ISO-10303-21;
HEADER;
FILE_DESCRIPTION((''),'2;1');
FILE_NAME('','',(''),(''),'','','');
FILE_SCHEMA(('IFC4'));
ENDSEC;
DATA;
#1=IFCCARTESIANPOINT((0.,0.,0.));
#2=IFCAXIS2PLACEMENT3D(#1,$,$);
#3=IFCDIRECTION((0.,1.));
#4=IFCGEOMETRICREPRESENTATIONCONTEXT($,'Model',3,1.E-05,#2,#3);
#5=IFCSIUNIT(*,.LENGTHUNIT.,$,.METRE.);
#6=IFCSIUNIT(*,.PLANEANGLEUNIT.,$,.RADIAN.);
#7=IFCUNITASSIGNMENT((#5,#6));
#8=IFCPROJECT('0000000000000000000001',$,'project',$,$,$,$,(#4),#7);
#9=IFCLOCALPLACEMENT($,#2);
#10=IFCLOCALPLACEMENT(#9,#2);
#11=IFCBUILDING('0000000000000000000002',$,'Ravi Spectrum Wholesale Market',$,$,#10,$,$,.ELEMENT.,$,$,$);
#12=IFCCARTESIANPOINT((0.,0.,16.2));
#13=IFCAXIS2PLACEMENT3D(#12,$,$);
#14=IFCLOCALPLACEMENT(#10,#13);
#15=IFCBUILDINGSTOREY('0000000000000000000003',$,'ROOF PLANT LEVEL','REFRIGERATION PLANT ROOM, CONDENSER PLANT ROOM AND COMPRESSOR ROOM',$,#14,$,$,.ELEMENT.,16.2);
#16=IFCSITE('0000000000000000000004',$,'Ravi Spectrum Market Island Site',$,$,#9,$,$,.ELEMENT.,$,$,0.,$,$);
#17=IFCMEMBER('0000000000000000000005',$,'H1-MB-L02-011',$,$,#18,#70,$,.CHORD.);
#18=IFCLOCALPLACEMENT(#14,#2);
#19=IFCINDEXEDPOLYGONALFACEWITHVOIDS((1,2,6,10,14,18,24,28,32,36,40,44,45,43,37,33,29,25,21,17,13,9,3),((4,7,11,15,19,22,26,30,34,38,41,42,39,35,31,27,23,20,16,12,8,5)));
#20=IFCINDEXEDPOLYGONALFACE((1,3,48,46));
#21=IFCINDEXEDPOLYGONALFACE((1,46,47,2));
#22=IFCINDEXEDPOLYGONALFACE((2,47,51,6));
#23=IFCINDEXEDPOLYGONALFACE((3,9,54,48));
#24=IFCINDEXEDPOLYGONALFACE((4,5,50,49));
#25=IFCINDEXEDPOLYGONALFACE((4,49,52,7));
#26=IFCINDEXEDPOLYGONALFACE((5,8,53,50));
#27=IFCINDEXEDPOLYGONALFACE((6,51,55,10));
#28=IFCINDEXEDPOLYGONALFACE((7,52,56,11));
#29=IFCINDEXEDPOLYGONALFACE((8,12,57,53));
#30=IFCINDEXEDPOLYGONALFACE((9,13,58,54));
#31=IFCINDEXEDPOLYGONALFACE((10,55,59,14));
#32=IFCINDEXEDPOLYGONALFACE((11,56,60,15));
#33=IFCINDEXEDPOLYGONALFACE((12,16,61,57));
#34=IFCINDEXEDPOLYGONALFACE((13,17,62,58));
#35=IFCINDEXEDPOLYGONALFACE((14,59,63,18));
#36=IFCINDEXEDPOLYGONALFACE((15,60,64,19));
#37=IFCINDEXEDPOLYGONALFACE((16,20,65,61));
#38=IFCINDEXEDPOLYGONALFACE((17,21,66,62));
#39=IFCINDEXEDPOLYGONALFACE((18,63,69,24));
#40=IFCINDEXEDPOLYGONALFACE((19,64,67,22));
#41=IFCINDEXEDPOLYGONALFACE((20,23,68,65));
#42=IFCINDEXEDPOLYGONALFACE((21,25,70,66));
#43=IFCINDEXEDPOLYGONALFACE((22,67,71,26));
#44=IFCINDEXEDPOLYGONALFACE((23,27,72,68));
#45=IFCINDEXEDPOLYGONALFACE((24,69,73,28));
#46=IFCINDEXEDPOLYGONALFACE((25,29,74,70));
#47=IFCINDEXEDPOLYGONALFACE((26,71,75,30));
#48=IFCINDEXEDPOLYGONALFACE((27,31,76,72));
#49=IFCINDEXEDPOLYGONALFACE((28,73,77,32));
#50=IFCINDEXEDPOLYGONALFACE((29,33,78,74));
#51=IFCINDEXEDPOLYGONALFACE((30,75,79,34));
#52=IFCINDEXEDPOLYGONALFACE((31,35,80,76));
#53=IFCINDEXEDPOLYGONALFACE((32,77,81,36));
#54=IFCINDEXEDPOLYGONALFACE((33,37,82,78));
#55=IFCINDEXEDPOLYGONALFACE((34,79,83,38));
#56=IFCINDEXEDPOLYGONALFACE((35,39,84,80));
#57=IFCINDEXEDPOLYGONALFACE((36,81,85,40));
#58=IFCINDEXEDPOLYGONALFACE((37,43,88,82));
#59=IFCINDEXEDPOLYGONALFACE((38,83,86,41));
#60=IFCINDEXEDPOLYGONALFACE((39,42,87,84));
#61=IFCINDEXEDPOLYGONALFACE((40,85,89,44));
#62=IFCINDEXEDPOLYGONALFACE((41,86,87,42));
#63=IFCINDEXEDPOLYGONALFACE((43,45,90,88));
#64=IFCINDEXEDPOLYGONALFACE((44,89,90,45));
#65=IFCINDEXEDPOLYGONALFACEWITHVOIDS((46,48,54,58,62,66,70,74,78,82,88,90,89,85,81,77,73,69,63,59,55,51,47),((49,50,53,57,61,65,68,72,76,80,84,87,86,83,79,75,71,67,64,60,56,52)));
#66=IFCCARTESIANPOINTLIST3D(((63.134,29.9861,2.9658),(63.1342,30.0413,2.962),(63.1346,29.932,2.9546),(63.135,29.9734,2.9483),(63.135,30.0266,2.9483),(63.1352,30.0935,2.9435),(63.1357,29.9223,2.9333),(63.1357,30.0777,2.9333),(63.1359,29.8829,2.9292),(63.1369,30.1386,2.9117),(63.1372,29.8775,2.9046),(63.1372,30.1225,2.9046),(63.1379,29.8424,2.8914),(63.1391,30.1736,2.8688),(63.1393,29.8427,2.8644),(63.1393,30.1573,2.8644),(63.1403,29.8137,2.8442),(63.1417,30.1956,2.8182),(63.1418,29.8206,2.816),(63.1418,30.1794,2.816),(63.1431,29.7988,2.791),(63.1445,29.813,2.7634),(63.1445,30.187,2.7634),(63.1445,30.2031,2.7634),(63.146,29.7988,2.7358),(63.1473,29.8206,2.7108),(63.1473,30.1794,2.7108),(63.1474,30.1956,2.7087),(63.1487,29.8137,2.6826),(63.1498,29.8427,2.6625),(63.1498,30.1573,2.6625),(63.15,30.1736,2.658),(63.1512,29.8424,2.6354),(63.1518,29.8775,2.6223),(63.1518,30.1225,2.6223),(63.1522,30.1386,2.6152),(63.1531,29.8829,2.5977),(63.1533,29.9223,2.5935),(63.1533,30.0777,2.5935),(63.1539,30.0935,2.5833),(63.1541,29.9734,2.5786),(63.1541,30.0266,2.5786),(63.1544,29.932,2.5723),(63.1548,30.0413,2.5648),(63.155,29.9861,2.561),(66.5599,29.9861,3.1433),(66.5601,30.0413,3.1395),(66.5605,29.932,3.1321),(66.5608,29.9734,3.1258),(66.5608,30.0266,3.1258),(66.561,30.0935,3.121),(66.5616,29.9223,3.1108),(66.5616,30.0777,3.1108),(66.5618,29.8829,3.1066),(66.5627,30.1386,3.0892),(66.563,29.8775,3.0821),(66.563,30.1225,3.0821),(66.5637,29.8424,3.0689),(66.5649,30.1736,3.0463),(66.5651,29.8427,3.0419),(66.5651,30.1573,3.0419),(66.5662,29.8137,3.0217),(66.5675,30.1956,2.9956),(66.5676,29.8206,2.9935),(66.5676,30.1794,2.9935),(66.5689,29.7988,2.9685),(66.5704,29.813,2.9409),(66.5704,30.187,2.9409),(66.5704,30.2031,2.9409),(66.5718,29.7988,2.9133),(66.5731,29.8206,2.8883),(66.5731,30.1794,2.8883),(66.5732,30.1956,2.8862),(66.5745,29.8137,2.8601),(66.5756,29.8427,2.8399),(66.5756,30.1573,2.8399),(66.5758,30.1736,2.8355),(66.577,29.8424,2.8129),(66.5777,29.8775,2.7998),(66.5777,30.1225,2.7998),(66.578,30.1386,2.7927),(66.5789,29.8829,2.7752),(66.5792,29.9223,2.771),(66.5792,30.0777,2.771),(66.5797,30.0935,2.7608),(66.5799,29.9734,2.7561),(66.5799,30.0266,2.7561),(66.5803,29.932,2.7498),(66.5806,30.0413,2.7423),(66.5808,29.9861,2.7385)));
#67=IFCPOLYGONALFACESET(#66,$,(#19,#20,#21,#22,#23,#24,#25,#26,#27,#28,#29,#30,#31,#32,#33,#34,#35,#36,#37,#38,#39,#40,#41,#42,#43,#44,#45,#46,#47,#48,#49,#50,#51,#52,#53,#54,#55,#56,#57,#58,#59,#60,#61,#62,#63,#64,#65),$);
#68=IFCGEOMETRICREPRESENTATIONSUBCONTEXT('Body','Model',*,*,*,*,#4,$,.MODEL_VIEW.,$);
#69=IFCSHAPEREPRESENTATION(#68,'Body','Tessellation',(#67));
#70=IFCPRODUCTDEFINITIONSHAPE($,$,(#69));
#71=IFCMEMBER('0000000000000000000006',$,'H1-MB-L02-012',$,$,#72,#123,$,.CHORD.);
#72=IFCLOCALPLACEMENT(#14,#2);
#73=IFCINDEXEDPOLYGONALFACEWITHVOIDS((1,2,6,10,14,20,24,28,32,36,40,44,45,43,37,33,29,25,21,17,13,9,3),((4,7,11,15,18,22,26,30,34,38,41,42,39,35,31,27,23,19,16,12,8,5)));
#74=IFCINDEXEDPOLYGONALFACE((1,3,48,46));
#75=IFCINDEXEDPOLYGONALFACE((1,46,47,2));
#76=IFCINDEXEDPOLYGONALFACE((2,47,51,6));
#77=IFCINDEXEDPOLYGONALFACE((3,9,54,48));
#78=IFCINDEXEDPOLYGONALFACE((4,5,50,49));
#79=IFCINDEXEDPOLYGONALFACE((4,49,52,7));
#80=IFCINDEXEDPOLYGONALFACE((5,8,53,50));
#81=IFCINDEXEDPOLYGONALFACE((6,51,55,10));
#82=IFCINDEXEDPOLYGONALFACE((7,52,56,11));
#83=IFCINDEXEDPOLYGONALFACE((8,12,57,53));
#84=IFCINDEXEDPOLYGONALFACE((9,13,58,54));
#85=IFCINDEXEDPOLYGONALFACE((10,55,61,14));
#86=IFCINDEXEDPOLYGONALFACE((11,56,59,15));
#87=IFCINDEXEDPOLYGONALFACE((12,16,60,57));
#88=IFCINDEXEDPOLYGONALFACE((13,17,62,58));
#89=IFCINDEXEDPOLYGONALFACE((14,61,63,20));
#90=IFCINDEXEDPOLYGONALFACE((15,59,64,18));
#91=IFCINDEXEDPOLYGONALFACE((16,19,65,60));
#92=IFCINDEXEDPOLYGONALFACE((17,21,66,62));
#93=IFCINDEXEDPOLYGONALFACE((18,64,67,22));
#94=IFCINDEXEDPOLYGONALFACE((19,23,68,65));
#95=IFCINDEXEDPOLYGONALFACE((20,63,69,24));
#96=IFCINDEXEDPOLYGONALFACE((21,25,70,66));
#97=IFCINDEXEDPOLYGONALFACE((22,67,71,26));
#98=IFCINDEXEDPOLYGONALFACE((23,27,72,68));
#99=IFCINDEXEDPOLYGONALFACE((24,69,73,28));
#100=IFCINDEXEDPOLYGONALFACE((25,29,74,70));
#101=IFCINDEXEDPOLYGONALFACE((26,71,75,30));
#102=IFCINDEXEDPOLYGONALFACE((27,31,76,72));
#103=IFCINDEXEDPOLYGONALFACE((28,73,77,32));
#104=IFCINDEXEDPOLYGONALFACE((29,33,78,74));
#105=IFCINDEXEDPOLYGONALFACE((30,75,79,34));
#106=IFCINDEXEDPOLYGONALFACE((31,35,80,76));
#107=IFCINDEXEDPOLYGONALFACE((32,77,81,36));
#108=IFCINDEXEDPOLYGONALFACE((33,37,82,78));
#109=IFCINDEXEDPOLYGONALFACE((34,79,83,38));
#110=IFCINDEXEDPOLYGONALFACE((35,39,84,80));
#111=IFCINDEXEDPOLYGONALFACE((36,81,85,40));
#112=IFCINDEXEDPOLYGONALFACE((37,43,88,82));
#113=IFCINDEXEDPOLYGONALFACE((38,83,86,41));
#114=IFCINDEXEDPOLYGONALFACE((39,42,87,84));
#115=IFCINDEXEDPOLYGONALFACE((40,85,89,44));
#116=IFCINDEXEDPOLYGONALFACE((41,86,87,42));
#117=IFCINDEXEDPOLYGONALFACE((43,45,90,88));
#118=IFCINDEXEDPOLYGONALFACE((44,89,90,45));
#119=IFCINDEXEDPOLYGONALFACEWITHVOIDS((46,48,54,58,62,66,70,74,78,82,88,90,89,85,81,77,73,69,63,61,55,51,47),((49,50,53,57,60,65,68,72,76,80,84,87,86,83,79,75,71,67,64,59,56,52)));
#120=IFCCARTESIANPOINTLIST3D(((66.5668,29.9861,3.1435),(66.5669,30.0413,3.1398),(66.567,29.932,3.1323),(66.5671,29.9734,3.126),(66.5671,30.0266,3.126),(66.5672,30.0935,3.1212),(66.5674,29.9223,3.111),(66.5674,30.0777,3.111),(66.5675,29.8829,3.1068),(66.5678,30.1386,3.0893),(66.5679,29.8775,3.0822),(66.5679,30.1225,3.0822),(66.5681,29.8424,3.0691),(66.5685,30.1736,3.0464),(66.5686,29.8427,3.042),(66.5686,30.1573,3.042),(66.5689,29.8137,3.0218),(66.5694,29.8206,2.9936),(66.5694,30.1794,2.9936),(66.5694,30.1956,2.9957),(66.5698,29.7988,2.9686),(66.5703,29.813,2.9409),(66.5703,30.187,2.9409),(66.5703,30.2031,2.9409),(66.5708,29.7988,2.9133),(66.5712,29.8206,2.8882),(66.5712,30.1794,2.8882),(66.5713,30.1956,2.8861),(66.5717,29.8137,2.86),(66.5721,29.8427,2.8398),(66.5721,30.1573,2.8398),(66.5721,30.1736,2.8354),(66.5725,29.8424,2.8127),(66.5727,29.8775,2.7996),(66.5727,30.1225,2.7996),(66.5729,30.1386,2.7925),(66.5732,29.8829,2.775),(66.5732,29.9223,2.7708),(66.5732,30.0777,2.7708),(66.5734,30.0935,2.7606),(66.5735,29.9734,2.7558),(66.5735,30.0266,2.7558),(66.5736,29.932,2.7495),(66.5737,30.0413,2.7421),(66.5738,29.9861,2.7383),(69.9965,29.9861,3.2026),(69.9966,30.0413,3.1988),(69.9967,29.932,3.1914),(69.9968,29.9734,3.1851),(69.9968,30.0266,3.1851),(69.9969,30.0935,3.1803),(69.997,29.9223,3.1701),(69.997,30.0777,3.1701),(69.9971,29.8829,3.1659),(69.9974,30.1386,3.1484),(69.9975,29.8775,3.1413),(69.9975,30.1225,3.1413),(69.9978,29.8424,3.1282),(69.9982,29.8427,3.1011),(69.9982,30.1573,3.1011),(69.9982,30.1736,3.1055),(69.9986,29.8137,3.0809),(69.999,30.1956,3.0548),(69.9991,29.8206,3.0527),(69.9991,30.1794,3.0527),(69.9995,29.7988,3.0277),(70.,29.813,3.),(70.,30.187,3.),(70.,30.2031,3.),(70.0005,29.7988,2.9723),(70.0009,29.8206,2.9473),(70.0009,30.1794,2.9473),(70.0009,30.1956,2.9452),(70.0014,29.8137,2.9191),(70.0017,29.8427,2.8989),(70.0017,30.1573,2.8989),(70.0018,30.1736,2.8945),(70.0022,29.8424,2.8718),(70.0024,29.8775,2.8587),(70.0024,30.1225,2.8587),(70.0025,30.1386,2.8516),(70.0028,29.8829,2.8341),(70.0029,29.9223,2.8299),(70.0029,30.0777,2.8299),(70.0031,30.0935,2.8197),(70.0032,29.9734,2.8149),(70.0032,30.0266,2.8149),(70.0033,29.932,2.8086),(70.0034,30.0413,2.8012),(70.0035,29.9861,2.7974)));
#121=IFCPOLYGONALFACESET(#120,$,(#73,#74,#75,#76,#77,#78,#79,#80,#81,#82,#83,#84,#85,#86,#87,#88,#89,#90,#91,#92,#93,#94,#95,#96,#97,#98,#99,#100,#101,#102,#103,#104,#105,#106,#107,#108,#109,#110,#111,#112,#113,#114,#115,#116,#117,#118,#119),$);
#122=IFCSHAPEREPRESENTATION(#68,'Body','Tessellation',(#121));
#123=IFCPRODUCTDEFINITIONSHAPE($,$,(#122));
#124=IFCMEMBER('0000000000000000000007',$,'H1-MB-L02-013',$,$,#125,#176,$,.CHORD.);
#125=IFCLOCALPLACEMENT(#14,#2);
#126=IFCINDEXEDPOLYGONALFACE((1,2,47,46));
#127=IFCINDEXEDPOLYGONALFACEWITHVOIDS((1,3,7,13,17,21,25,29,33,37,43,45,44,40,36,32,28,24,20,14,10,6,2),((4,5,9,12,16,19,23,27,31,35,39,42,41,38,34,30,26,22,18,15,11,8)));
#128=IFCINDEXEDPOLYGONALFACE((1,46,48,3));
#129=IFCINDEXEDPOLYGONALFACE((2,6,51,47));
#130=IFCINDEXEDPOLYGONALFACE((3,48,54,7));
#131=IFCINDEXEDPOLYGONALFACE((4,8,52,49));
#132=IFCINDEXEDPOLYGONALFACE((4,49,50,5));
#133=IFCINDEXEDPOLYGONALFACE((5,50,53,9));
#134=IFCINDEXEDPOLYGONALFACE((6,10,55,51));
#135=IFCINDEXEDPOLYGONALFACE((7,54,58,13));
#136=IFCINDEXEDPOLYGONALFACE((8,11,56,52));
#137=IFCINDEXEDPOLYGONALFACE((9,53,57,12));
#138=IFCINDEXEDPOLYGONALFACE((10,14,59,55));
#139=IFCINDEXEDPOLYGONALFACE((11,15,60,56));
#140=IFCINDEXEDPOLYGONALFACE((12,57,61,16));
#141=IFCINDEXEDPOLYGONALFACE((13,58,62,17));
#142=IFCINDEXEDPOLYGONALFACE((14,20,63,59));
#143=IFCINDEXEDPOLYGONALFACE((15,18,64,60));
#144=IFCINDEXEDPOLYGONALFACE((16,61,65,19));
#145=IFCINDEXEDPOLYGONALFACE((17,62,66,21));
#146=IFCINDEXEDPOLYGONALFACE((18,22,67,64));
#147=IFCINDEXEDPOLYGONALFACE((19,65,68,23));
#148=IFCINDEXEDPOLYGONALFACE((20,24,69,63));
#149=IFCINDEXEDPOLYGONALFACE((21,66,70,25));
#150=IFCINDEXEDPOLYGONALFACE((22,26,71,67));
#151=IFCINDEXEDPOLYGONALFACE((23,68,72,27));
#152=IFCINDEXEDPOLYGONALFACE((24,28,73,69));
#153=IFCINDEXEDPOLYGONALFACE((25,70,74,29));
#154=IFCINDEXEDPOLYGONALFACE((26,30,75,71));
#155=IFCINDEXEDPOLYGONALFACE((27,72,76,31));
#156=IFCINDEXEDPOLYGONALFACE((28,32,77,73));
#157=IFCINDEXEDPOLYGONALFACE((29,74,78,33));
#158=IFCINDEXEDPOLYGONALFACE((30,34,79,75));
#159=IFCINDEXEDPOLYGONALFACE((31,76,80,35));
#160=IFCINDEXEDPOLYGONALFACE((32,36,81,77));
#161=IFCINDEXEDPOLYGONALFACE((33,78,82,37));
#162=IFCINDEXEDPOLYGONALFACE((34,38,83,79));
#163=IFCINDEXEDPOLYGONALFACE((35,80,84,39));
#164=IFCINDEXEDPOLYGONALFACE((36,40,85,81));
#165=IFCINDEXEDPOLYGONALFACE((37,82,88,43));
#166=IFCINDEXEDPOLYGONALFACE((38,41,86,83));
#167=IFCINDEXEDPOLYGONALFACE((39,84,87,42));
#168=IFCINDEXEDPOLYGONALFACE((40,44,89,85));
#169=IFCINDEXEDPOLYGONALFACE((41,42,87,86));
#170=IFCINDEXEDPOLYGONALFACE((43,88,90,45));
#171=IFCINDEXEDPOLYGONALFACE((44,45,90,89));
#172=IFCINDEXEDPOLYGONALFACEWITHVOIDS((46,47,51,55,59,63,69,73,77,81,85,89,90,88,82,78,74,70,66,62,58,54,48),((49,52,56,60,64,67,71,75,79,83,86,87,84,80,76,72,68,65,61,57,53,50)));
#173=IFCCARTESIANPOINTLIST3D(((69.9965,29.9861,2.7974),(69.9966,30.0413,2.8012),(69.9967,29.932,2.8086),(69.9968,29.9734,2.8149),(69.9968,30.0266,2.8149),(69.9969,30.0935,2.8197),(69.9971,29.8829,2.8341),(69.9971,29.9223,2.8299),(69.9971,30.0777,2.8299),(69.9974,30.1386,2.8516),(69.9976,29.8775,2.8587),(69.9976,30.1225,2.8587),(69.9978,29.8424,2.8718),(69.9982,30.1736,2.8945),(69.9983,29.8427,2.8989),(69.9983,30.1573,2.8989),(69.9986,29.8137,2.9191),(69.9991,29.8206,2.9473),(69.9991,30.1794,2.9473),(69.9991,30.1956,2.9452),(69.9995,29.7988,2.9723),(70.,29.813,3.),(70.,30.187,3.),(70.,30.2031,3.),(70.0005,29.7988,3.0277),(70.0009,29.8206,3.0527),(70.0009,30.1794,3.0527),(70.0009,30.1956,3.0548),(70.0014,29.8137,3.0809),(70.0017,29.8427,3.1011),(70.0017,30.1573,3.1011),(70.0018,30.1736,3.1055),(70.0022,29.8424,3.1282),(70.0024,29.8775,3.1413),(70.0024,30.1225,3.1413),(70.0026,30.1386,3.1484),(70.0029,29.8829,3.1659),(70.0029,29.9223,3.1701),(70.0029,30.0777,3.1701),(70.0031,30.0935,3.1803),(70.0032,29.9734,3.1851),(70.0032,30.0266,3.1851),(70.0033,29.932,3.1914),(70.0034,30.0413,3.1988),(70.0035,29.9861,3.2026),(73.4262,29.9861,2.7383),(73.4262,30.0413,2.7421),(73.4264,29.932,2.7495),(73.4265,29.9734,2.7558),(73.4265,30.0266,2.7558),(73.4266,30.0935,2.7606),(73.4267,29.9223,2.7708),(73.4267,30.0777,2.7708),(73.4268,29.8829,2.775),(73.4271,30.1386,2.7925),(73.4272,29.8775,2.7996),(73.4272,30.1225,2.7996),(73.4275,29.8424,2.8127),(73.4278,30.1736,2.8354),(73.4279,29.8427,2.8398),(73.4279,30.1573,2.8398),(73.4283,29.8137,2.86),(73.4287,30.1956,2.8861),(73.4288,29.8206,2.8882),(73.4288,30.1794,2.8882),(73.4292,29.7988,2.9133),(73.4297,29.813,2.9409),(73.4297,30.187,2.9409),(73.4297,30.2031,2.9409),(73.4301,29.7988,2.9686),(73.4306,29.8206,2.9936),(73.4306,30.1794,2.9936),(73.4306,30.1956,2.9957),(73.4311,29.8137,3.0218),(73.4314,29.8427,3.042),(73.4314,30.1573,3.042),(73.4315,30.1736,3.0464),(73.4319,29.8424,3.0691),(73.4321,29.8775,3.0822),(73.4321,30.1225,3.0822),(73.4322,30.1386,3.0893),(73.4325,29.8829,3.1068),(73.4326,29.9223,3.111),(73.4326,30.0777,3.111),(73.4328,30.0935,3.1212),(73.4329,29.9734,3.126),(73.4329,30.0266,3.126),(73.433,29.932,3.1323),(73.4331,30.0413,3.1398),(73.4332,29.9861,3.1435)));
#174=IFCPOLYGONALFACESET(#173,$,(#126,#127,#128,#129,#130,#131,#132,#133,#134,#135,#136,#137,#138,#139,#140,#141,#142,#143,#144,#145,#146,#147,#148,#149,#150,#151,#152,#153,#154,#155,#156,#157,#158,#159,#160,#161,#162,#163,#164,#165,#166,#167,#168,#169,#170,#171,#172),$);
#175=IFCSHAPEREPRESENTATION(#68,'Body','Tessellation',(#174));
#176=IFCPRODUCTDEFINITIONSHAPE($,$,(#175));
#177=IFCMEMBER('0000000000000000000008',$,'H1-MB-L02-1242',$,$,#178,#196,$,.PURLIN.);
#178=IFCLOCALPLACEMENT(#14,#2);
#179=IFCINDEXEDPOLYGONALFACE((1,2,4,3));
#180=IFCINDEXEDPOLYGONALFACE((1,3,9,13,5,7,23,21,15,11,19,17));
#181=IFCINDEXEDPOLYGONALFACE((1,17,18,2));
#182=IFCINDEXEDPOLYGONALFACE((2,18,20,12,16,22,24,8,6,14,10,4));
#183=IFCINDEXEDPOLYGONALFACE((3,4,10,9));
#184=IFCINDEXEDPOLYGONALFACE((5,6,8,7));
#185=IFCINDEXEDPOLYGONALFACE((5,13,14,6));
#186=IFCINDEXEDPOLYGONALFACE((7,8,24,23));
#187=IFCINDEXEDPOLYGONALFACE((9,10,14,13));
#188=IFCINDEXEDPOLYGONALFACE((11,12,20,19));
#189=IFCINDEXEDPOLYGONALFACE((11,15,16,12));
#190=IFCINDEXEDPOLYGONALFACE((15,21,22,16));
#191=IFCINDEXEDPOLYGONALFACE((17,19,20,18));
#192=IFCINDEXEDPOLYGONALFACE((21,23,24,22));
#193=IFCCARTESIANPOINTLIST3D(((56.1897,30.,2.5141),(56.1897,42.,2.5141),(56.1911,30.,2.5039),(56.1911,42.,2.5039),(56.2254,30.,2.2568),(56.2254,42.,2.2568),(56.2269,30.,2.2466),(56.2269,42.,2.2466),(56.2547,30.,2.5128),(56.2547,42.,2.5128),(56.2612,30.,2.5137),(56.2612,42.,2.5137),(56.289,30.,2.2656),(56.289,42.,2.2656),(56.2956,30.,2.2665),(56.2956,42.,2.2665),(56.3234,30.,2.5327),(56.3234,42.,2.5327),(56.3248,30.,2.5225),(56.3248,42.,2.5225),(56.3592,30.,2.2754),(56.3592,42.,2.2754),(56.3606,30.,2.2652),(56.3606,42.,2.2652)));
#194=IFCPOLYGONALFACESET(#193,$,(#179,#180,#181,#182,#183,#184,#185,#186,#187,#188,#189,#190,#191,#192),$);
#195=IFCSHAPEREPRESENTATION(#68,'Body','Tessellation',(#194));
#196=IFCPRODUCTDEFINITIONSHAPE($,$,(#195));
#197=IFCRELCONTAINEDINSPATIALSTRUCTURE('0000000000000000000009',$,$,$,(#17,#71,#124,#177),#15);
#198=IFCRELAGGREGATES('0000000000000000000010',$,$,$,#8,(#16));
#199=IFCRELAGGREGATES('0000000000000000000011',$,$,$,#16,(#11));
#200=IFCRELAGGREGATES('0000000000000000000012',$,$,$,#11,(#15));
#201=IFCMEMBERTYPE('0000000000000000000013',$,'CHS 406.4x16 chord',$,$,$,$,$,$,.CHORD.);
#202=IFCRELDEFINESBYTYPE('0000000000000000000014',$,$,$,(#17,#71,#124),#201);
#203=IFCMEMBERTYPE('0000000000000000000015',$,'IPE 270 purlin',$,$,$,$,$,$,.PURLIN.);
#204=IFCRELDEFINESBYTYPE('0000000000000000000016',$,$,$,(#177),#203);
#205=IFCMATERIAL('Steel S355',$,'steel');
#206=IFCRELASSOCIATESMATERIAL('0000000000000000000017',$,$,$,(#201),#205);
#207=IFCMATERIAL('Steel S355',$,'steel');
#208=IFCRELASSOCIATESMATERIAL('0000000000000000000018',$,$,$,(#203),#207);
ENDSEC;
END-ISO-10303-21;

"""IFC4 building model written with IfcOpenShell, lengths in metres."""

from ifc_helpers import new_model, si_unit, direction, frame, origin, origin_2d, place, context, subcontext, project, spatial, hollow_circle, i_section, extrude, material, material_profile, profile_set, type_object, element, save


model = new_model("IFC4")

# Units and contexts
model_context = context("Model", 3, precision=1e-05, world=origin(), true_north=direction((0.0, 1.0)))
body_context = subcontext(model_context, "Body", "Model", "MODEL_VIEW")
ifc_project = project(units=[si_unit("LENGTHUNIT", "METRE"), si_unit("PLANEANGLEUNIT", "RADIAN")], contexts=[model_context])

# Site, building, storey
site_placement = place(None, origin())
site = spatial("IfcSite", under=ifc_project, at=site_placement, Name="Ravi Spectrum Market Island Site", CompositionType="ELEMENT", RefElevation=0.0)
building_placement = place(site_placement, origin())
building = spatial("IfcBuilding", under=site, at=building_placement, Name="Ravi Spectrum Wholesale Market", CompositionType="ELEMENT")
storey_placement = place(building_placement, frame((0.0, 0.0, 16.2)))
storey = spatial("IfcBuildingStorey", under=building, at=storey_placement, Name="ROOF PLANT LEVEL", Description="REFRIGERATION PLANT ROOM, CONDENSER PLANT ROOM AND COMPRESSOR ROOM", CompositionType="ELEMENT", Elevation=16.2)

# Members
ifc_material_1 = material(Name="Steel S355", Category="steel")
ifc_material_profile_1 = material_profile(ifc_material_1, hollow_circle(Radius=0.2031, WallThickness=0.0161, at=origin_2d()))
ifc_profile_set_1 = profile_set([ifc_material_profile_1], Name="Steel S355")
member_type_1 = type_object("IfcMemberType", Name="CHS 406.4x16 chord", PredefinedType="CHORD", material=ifc_profile_set_1)
for number, where, z_axis, x_axis, name in (
    (1, (63.1445, 30.0, 2.7634), (0.998661, 0.0, 0.051741), (0.0, 1.0, 0.0), "H1-MB-L02-011"),
):
    element("IfcMember", number, at=place(storey_placement, frame(where, z_axis=z_axis, x_axis=x_axis)), inside=storey, type_object=member_type_1, Name=name, PredefinedType="CHORD", context=body_context, shape_type="SweptSolid", body=[
        extrude(hollow_circle(Radius=0.2031, WallThickness=0.0161, at=origin_2d()), origin(), (0.0, 0.0, 1.0), 3.4304),
    ])
for number, where, z_axis, x_axis, name in (
    (2, (66.5703, 30.0, 2.9409), (0.999852, 0.0, 0.017224), (0.0, 1.0, 0.0), "H1-MB-L02-012"),
    (3, (70.0, 30.0, 3.0), (0.999852, 0.0, -0.017224), (0.0, 1.0, 0.0), "H1-MB-L02-013"),
):
    element("IfcMember", number, at=place(storey_placement, frame(where, z_axis=z_axis, x_axis=x_axis)), inside=storey, type_object=member_type_1, Name=name, PredefinedType="CHORD", context=body_context, shape_type="SweptSolid", body=[
        extrude(hollow_circle(Radius=0.2031, WallThickness=0.0161, at=origin_2d()), origin(), (0.0, 0.0, 1.0), 3.4302),
    ])
ifc_material_2 = material(Name="Steel S355", Category="steel")
ifc_material_profile_2 = material_profile(ifc_material_2, i_section(OverallWidth=0.135, OverallDepth=0.27, WebThickness=0.0066, FlangeThickness=0.0103, at=origin_2d()))
ifc_profile_set_2 = profile_set([ifc_material_profile_2], Name="Steel S355")
member_type_2 = type_object("IfcMemberType", Name="IPE 270 purlin", PredefinedType="PURLIN", material=ifc_profile_set_2)
for number, where, z_axis, x_axis, name in (
    (4, (56.2751, 30.0, 2.3896), (0.0, 1.0, 0.0), (-0.990494, 0.0, -0.137557), "H1-MB-L02-1242"),
):
    element("IfcMember", number, at=place(storey_placement, frame(where, z_axis=z_axis, x_axis=x_axis)), inside=storey, type_object=member_type_2, Name=name, PredefinedType="PURLIN", context=body_context, shape_type="SweptSolid", body=[
        extrude(i_section(OverallWidth=0.135, OverallDepth=0.27, WebThickness=0.0066, FlangeThickness=0.0103, at=origin_2d()), origin(), (0.0, 0.0, 1.0), 12.0),
    ])

save(model, "model.ifc")
